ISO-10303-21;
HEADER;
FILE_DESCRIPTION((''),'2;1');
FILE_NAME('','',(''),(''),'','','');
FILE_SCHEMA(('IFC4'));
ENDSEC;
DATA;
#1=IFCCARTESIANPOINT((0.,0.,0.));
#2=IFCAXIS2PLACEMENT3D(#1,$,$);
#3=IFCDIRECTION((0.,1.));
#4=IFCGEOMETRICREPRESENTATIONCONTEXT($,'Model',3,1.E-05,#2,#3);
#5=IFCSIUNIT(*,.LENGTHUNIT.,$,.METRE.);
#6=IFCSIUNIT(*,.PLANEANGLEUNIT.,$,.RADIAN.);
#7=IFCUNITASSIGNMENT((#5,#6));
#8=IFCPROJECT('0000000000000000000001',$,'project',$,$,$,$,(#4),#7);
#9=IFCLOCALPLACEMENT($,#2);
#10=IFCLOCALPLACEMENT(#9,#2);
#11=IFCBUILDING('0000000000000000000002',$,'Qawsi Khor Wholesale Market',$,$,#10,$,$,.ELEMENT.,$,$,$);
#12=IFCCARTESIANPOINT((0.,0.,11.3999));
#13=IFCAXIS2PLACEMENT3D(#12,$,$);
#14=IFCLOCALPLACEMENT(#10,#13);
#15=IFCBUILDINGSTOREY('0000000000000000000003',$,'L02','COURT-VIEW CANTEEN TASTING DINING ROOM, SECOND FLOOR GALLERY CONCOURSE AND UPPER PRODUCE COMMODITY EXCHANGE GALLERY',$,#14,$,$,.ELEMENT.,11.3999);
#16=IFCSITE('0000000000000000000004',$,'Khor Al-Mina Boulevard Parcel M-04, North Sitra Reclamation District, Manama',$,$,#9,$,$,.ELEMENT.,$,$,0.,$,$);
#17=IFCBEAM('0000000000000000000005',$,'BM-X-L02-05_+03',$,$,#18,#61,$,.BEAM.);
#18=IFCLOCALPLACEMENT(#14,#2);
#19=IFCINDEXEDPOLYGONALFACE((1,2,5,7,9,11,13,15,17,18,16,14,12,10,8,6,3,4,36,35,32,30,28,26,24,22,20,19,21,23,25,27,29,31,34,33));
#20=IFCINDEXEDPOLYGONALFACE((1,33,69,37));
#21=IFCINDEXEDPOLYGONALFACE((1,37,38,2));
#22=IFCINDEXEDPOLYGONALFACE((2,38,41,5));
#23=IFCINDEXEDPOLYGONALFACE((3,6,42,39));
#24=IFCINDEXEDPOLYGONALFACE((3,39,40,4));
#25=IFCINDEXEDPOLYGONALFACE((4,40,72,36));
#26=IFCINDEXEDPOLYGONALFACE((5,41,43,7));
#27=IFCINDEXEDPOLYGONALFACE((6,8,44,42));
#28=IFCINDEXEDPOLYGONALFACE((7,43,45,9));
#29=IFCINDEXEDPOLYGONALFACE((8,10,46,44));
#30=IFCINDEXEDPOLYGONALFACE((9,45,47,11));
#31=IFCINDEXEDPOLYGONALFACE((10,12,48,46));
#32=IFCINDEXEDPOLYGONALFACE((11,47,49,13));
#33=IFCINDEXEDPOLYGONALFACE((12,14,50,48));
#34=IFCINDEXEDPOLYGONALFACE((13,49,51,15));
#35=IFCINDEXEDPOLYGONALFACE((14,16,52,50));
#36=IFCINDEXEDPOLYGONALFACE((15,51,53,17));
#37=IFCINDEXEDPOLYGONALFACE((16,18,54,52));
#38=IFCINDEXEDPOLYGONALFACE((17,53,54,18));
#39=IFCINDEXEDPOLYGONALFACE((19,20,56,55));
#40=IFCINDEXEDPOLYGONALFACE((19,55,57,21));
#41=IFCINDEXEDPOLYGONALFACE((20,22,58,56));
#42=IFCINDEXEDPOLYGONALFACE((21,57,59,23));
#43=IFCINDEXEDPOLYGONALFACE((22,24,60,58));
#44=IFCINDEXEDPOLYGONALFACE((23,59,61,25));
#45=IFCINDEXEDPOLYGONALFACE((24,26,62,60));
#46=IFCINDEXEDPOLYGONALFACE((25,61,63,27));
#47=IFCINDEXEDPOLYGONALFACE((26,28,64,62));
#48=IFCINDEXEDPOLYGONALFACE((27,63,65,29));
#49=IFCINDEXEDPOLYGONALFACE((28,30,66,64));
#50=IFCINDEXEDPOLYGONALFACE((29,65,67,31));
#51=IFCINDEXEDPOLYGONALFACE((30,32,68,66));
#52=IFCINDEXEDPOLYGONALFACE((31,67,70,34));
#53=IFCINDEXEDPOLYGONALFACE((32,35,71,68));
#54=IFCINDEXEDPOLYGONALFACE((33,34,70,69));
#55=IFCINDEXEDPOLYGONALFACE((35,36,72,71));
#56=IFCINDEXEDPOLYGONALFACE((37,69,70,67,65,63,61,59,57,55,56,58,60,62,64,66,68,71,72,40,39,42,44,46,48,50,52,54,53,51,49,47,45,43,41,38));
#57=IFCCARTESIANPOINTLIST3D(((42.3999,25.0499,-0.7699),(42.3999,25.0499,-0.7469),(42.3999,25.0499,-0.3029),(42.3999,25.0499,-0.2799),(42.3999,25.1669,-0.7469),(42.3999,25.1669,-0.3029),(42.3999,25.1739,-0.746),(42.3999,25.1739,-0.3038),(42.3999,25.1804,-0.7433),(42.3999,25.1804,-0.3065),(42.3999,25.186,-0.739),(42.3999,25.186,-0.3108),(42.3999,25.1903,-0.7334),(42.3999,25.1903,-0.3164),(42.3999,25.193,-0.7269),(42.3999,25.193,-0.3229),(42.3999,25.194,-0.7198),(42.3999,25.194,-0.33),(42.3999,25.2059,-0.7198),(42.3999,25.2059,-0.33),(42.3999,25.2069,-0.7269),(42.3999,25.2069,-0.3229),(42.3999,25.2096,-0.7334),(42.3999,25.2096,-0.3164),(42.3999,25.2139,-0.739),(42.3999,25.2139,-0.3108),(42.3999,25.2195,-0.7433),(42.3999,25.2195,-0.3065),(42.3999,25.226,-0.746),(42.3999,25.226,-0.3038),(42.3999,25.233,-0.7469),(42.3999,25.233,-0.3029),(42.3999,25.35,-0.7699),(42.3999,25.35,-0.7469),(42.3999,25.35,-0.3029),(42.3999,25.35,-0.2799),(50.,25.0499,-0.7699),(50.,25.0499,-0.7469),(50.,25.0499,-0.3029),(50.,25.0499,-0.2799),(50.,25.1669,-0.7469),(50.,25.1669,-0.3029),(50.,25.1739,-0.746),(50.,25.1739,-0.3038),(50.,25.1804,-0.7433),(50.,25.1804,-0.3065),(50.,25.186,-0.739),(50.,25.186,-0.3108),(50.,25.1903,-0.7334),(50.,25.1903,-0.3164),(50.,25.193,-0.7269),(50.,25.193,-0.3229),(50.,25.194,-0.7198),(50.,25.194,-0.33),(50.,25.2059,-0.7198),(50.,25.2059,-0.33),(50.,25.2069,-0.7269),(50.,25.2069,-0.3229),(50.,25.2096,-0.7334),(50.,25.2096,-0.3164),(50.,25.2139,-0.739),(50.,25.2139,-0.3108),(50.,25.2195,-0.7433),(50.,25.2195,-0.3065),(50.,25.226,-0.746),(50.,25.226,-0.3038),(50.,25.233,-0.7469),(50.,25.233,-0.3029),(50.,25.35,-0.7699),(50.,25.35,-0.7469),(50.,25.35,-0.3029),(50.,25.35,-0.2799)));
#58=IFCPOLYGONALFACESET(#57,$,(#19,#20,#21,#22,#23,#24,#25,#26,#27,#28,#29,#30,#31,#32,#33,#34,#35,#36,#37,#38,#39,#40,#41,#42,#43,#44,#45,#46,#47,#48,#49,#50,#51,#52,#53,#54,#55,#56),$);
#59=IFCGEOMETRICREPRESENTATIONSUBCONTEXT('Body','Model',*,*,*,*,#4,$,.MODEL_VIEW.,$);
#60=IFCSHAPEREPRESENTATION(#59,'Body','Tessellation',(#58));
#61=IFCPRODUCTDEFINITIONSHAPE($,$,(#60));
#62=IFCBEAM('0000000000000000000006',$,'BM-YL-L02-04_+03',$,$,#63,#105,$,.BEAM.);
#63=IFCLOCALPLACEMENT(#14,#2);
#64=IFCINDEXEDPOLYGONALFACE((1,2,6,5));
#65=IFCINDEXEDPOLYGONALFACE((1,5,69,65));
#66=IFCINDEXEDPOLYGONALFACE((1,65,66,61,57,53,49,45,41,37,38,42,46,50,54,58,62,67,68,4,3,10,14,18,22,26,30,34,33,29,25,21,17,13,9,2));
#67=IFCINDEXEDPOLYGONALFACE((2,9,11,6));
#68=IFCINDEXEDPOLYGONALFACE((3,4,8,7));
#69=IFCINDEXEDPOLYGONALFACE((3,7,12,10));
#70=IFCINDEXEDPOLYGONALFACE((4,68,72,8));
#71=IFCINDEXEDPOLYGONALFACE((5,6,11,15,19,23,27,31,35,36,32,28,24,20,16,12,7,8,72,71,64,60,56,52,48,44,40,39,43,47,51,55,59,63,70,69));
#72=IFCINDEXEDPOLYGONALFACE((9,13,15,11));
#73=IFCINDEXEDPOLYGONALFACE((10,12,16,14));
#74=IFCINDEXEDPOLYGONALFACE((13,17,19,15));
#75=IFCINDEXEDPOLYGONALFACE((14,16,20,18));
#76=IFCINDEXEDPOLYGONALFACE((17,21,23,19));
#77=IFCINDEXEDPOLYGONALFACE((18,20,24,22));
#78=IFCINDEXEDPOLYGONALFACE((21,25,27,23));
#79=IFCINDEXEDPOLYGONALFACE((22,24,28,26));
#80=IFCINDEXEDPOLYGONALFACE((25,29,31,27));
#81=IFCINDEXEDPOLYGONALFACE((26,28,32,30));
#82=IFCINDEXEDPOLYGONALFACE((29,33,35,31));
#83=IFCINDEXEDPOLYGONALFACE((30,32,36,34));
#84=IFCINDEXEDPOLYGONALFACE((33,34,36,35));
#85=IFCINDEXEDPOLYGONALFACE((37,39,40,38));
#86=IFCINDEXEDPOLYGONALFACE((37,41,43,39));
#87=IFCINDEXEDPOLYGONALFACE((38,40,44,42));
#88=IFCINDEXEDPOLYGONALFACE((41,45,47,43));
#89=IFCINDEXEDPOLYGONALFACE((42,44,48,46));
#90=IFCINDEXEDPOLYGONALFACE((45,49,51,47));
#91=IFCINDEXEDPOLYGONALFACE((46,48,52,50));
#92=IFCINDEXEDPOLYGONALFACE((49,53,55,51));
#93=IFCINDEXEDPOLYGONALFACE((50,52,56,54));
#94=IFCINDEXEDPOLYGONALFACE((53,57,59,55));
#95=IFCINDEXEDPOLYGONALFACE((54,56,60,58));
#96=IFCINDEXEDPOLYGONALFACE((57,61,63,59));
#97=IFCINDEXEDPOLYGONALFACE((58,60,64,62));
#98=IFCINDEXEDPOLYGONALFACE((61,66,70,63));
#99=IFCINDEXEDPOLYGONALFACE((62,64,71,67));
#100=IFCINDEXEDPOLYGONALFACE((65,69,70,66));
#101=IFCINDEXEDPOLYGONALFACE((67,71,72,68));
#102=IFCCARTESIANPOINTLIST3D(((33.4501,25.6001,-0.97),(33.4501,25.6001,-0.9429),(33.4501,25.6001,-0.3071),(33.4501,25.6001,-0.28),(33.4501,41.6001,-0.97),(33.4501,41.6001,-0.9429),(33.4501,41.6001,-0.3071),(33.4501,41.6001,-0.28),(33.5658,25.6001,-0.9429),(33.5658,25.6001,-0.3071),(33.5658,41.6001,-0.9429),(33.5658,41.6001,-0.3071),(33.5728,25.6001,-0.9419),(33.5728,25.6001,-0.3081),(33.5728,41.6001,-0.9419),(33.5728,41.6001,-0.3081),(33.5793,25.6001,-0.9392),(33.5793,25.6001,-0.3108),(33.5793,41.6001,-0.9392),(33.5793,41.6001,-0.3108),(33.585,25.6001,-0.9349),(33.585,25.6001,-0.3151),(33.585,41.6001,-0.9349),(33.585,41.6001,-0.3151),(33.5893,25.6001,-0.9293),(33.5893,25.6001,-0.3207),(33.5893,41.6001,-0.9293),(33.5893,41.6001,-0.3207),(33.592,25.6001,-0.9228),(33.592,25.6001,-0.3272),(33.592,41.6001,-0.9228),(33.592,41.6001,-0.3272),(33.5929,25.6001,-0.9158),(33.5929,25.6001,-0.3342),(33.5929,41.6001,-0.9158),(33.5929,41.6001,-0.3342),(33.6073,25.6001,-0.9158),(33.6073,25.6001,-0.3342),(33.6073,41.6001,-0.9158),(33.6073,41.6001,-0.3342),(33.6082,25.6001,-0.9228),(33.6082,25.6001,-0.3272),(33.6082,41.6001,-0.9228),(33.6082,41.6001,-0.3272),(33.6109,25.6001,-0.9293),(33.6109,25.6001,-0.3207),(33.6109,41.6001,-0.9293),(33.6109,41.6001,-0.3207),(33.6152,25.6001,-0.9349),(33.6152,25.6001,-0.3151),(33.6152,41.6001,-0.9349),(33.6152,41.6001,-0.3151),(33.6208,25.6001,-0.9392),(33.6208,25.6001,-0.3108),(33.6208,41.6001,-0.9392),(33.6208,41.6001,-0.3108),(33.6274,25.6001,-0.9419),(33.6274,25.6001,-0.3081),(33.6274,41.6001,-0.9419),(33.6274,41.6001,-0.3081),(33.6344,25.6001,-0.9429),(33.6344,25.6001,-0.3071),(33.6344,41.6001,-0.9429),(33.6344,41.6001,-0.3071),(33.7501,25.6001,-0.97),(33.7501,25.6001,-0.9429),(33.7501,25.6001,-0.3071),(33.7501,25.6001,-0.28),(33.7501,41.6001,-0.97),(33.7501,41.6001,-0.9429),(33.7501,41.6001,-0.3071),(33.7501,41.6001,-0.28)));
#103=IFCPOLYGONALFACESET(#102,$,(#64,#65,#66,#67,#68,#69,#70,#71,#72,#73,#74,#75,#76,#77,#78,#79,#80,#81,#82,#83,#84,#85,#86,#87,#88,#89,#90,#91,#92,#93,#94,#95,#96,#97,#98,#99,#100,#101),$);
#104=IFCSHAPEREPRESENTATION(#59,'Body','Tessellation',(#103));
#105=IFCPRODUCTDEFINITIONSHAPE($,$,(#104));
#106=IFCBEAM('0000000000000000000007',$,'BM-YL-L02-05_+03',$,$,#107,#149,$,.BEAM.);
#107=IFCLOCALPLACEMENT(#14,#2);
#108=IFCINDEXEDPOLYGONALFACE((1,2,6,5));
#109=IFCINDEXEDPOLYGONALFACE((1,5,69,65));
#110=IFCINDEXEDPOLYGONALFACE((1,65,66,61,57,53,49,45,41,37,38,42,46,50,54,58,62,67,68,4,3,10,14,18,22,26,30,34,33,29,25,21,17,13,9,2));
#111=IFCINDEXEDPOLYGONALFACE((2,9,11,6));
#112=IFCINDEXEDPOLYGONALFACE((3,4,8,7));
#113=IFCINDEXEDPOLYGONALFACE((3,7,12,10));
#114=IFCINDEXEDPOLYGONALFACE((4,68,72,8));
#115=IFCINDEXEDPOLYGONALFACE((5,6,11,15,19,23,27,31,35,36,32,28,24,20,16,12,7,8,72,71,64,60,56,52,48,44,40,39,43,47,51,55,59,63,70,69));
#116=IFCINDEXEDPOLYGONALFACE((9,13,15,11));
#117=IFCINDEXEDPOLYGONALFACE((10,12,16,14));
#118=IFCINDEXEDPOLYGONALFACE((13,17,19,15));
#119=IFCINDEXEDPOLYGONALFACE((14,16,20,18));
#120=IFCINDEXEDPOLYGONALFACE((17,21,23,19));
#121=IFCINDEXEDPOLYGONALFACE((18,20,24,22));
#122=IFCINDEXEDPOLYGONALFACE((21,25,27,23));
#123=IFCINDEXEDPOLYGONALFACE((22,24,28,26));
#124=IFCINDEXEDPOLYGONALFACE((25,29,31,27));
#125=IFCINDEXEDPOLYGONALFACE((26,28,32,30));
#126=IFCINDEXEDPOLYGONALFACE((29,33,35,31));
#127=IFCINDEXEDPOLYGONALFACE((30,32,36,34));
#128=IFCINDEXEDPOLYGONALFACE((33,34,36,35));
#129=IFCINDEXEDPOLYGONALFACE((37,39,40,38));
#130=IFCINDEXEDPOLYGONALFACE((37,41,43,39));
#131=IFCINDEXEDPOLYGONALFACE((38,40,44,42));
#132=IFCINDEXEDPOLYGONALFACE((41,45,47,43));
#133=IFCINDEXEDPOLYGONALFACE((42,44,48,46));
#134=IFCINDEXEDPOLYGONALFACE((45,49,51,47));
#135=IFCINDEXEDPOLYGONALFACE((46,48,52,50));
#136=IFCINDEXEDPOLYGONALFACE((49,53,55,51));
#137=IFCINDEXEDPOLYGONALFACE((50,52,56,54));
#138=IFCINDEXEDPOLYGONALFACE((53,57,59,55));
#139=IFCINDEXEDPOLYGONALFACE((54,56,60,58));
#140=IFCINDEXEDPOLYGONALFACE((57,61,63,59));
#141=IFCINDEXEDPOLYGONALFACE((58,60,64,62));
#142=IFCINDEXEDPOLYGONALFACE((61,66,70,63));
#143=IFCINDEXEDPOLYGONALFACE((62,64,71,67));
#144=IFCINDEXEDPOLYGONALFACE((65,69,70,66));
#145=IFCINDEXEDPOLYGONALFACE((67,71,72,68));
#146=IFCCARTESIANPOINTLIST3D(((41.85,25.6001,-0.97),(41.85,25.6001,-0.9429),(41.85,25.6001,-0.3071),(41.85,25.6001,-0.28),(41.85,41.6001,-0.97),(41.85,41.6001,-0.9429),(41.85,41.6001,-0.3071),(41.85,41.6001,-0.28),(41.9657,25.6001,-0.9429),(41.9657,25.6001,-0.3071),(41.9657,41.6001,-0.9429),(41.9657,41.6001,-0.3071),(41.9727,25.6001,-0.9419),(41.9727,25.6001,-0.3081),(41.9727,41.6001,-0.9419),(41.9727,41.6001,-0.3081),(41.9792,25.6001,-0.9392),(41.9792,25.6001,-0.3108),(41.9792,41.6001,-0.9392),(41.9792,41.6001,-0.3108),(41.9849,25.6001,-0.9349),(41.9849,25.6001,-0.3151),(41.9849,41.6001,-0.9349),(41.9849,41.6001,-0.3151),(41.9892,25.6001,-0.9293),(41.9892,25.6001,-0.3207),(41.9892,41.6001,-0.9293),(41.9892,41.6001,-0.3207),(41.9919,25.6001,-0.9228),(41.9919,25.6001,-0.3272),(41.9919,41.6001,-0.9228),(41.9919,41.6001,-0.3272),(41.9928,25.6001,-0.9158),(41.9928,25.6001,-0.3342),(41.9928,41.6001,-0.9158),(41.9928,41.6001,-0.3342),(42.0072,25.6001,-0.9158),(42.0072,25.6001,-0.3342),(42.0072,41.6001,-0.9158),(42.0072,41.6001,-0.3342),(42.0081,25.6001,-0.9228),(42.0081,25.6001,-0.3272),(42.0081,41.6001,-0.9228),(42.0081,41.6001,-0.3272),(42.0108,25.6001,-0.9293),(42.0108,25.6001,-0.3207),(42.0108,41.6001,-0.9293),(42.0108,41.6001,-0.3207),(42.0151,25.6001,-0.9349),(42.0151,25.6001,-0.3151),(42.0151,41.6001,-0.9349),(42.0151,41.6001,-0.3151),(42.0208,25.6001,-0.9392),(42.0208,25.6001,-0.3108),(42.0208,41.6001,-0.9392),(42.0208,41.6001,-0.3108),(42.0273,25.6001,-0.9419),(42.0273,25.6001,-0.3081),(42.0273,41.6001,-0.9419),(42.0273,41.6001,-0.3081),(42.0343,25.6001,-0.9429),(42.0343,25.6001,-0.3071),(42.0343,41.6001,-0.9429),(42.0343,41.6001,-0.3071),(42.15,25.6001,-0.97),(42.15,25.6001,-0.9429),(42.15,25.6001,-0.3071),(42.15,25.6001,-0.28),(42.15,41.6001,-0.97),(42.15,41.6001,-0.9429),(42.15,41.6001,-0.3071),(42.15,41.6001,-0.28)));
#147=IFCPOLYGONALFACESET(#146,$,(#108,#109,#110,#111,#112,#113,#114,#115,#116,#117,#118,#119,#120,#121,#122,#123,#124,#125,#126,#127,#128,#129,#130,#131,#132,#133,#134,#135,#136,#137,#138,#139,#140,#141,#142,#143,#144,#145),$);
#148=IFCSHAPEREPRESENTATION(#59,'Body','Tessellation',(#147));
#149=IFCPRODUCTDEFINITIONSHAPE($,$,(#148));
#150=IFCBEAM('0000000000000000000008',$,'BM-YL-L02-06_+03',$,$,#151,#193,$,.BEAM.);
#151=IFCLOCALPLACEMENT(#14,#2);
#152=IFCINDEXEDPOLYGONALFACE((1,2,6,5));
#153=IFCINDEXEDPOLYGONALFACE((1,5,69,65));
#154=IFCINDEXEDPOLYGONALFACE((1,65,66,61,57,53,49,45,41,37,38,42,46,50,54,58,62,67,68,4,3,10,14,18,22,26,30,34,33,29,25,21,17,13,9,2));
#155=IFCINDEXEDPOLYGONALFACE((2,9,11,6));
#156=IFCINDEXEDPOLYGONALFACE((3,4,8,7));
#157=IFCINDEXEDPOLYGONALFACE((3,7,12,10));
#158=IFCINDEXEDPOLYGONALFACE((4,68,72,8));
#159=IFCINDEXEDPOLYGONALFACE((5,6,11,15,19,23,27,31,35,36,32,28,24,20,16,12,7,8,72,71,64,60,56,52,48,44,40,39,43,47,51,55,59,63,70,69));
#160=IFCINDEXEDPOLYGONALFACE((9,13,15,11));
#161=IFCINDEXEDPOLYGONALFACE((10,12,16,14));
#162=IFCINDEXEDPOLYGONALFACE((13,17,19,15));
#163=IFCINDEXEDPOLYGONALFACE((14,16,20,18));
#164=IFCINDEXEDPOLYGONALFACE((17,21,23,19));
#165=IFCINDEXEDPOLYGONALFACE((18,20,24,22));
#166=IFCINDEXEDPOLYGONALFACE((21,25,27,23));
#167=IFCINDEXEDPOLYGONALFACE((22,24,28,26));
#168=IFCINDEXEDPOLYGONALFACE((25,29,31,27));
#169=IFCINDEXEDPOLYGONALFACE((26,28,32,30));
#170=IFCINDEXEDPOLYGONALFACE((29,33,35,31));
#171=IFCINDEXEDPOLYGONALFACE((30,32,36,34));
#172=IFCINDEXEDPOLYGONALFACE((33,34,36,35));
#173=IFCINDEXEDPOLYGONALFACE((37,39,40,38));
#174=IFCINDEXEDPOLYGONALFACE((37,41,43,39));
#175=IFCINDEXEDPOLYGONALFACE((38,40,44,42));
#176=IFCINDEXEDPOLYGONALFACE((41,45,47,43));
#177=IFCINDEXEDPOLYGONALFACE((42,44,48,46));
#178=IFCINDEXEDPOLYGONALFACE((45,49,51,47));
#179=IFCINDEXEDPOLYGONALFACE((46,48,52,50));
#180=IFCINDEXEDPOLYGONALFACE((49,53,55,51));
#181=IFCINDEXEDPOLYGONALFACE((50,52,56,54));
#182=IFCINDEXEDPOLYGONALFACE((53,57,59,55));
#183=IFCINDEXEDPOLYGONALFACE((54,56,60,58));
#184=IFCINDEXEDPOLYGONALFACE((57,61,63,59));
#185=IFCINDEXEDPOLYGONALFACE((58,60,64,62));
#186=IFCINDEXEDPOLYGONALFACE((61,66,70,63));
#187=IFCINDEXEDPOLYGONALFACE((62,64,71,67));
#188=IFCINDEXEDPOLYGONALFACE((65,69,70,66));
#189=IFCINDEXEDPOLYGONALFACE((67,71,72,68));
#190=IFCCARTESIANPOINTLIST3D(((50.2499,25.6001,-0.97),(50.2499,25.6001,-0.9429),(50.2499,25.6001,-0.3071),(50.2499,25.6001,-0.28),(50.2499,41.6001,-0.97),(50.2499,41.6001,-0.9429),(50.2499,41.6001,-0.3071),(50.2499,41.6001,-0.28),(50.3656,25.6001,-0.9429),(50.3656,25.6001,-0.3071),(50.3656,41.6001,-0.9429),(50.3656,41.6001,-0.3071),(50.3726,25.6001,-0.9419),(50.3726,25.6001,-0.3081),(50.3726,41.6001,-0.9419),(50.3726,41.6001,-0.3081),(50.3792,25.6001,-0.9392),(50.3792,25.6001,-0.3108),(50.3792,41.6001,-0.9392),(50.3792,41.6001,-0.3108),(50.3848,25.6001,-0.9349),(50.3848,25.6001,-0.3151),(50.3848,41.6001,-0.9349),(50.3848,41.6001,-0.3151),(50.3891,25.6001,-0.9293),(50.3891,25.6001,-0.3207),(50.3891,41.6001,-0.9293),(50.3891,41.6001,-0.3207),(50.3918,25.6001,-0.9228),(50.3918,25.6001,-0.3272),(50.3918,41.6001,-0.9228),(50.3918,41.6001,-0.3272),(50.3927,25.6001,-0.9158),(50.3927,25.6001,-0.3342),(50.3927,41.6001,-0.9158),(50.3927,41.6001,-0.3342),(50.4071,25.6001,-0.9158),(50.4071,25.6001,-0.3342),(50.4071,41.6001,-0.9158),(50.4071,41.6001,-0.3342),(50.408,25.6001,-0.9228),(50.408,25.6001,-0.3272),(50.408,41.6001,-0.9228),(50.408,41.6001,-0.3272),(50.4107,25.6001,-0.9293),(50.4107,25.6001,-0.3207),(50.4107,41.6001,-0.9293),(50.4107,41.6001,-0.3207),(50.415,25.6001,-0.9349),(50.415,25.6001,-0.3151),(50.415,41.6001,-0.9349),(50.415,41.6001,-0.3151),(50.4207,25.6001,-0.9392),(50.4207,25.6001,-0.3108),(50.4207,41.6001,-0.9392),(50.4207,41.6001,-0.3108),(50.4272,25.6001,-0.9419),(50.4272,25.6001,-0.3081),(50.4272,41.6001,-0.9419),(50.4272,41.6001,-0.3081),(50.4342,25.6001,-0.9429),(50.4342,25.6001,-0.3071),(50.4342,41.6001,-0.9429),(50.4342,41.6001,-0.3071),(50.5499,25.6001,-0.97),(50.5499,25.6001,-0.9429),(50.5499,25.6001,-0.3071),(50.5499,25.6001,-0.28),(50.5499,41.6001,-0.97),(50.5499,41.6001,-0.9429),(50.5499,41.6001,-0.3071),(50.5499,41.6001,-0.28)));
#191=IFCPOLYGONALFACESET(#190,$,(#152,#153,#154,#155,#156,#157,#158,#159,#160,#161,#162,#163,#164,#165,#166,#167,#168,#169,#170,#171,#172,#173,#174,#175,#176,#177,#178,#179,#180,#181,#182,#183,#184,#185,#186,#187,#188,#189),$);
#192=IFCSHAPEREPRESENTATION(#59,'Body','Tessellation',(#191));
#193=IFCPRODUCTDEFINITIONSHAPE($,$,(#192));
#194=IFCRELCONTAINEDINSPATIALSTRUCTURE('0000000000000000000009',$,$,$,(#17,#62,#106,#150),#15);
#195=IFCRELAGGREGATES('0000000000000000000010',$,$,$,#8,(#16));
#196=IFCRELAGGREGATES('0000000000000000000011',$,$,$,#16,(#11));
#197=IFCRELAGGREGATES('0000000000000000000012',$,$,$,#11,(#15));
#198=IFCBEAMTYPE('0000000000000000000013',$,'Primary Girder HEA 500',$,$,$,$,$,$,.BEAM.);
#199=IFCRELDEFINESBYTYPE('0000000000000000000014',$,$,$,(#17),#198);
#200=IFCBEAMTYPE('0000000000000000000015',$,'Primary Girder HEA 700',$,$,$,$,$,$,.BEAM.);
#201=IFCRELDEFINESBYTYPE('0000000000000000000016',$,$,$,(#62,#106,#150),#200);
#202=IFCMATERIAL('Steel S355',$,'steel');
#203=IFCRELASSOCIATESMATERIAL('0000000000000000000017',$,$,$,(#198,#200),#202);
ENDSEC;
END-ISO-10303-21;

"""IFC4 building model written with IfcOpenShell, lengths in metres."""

from ifc_helpers import new_model, si_unit, direction, frame, origin, origin_2d, place, context, subcontext, project, spatial, i_section, extrude, material, material_profile, profile_set, type_object, element, save


model = new_model("IFC4")

# Units and contexts
model_context = context("Model", 3, precision=1e-05, world=origin(), true_north=direction((0.0, 1.0)))
body_context = subcontext(model_context, "Body", "Model", "MODEL_VIEW")
ifc_project = project(units=[si_unit("LENGTHUNIT", "METRE"), si_unit("PLANEANGLEUNIT", "RADIAN")], contexts=[model_context])

# Site, building, storey
site_placement = place(None, origin())
site = spatial("IfcSite", under=ifc_project, at=site_placement, Name="Khor Al-Mina Boulevard Parcel M-04, North Sitra Reclamation District, Manama", CompositionType="ELEMENT", RefElevation=0.0)
building_placement = place(site_placement, origin())
building = spatial("IfcBuilding", under=site, at=building_placement, Name="Qawsi Khor Wholesale Market", CompositionType="ELEMENT")
storey_placement = place(building_placement, frame((0.0, 0.0, 11.3999)))
storey = spatial("IfcBuildingStorey", under=building, at=storey_placement, Name="L02", Description="COURT-VIEW CANTEEN TASTING DINING ROOM, SECOND FLOOR GALLERY CONCOURSE AND UPPER PRODUCE COMMODITY EXCHANGE GALLERY", CompositionType="ELEMENT", Elevation=11.3999)

# Beams
ifc_material_1 = material(Name="Steel S355", Category="steel")
ifc_material_profile_1 = material_profile(ifc_material_1, i_section(OverallWidth=0.3, OverallDepth=0.49, WebThickness=0.012, FlangeThickness=0.0229, FilletRadius=0.0271, at=origin_2d()), Name="HEA 500")
ifc_profile_set_1 = profile_set([ifc_material_profile_1], Name="Steel S355")
beam_type_1 = type_object("IfcBeamType", Name="Primary Girder HEA 500", PredefinedType="BEAM", material=ifc_profile_set_1)
for number, where, z_axis, x_axis, name in (
    (1, (42.3999, 25.2, -0.5249), (1.0, 0.0, 0.0), (0.0, 1.0, 0.0), "BM-X-L02-05_+03"),
):
    element("IfcBeam", number, at=place(storey_placement, frame(where, z_axis=z_axis, x_axis=x_axis)), inside=storey, type_object=beam_type_1, Name=name, PredefinedType="BEAM", context=body_context, shape_type="SweptSolid", body=[
        extrude(i_section(OverallWidth=0.3, OverallDepth=0.49, WebThickness=0.012, FlangeThickness=0.0229, FilletRadius=0.0271, at=origin_2d()), origin(), (0.0, 0.0, 1.0), 7.6001),
    ])
ifc_material_profile_2 = material_profile(ifc_material_1, i_section(OverallWidth=0.3, OverallDepth=0.6899, WebThickness=0.0144, FlangeThickness=0.0271, FilletRadius=0.0271, at=origin_2d()), Name="HEA 700")
ifc_profile_set_2 = profile_set([ifc_material_profile_2], Name="Steel S355")
beam_type_2 = type_object("IfcBeamType", Name="Primary Girder HEA 700", PredefinedType="BEAM", material=ifc_profile_set_2)
for number, where, z_axis, x_axis, name in (
    (2, (33.6001, 25.6001, -0.625), (0.0, 1.0, 0.0), (-1.0, 0.0, 0.0), "BM-YL-L02-04_+03"),
    (3, (42.0, 25.6001, -0.625), (0.0, 1.0, 0.0), (-1.0, 0.0, 0.0), "BM-YL-L02-05_+03"),
    (4, (50.3999, 25.6001, -0.625), (0.0, 1.0, 0.0), (-1.0, 0.0, 0.0), "BM-YL-L02-06_+03"),
):
    element("IfcBeam", number, at=place(storey_placement, frame(where, z_axis=z_axis, x_axis=x_axis)), inside=storey, type_object=beam_type_2, Name=name, PredefinedType="BEAM", context=body_context, shape_type="SweptSolid", body=[
        extrude(i_section(OverallWidth=0.3, OverallDepth=0.6899, WebThickness=0.0144, FlangeThickness=0.0271, FilletRadius=0.0271, at=origin_2d()), origin(), (0.0, 0.0, 1.0), 16.0),
    ])

save(model, "model.ifc")
